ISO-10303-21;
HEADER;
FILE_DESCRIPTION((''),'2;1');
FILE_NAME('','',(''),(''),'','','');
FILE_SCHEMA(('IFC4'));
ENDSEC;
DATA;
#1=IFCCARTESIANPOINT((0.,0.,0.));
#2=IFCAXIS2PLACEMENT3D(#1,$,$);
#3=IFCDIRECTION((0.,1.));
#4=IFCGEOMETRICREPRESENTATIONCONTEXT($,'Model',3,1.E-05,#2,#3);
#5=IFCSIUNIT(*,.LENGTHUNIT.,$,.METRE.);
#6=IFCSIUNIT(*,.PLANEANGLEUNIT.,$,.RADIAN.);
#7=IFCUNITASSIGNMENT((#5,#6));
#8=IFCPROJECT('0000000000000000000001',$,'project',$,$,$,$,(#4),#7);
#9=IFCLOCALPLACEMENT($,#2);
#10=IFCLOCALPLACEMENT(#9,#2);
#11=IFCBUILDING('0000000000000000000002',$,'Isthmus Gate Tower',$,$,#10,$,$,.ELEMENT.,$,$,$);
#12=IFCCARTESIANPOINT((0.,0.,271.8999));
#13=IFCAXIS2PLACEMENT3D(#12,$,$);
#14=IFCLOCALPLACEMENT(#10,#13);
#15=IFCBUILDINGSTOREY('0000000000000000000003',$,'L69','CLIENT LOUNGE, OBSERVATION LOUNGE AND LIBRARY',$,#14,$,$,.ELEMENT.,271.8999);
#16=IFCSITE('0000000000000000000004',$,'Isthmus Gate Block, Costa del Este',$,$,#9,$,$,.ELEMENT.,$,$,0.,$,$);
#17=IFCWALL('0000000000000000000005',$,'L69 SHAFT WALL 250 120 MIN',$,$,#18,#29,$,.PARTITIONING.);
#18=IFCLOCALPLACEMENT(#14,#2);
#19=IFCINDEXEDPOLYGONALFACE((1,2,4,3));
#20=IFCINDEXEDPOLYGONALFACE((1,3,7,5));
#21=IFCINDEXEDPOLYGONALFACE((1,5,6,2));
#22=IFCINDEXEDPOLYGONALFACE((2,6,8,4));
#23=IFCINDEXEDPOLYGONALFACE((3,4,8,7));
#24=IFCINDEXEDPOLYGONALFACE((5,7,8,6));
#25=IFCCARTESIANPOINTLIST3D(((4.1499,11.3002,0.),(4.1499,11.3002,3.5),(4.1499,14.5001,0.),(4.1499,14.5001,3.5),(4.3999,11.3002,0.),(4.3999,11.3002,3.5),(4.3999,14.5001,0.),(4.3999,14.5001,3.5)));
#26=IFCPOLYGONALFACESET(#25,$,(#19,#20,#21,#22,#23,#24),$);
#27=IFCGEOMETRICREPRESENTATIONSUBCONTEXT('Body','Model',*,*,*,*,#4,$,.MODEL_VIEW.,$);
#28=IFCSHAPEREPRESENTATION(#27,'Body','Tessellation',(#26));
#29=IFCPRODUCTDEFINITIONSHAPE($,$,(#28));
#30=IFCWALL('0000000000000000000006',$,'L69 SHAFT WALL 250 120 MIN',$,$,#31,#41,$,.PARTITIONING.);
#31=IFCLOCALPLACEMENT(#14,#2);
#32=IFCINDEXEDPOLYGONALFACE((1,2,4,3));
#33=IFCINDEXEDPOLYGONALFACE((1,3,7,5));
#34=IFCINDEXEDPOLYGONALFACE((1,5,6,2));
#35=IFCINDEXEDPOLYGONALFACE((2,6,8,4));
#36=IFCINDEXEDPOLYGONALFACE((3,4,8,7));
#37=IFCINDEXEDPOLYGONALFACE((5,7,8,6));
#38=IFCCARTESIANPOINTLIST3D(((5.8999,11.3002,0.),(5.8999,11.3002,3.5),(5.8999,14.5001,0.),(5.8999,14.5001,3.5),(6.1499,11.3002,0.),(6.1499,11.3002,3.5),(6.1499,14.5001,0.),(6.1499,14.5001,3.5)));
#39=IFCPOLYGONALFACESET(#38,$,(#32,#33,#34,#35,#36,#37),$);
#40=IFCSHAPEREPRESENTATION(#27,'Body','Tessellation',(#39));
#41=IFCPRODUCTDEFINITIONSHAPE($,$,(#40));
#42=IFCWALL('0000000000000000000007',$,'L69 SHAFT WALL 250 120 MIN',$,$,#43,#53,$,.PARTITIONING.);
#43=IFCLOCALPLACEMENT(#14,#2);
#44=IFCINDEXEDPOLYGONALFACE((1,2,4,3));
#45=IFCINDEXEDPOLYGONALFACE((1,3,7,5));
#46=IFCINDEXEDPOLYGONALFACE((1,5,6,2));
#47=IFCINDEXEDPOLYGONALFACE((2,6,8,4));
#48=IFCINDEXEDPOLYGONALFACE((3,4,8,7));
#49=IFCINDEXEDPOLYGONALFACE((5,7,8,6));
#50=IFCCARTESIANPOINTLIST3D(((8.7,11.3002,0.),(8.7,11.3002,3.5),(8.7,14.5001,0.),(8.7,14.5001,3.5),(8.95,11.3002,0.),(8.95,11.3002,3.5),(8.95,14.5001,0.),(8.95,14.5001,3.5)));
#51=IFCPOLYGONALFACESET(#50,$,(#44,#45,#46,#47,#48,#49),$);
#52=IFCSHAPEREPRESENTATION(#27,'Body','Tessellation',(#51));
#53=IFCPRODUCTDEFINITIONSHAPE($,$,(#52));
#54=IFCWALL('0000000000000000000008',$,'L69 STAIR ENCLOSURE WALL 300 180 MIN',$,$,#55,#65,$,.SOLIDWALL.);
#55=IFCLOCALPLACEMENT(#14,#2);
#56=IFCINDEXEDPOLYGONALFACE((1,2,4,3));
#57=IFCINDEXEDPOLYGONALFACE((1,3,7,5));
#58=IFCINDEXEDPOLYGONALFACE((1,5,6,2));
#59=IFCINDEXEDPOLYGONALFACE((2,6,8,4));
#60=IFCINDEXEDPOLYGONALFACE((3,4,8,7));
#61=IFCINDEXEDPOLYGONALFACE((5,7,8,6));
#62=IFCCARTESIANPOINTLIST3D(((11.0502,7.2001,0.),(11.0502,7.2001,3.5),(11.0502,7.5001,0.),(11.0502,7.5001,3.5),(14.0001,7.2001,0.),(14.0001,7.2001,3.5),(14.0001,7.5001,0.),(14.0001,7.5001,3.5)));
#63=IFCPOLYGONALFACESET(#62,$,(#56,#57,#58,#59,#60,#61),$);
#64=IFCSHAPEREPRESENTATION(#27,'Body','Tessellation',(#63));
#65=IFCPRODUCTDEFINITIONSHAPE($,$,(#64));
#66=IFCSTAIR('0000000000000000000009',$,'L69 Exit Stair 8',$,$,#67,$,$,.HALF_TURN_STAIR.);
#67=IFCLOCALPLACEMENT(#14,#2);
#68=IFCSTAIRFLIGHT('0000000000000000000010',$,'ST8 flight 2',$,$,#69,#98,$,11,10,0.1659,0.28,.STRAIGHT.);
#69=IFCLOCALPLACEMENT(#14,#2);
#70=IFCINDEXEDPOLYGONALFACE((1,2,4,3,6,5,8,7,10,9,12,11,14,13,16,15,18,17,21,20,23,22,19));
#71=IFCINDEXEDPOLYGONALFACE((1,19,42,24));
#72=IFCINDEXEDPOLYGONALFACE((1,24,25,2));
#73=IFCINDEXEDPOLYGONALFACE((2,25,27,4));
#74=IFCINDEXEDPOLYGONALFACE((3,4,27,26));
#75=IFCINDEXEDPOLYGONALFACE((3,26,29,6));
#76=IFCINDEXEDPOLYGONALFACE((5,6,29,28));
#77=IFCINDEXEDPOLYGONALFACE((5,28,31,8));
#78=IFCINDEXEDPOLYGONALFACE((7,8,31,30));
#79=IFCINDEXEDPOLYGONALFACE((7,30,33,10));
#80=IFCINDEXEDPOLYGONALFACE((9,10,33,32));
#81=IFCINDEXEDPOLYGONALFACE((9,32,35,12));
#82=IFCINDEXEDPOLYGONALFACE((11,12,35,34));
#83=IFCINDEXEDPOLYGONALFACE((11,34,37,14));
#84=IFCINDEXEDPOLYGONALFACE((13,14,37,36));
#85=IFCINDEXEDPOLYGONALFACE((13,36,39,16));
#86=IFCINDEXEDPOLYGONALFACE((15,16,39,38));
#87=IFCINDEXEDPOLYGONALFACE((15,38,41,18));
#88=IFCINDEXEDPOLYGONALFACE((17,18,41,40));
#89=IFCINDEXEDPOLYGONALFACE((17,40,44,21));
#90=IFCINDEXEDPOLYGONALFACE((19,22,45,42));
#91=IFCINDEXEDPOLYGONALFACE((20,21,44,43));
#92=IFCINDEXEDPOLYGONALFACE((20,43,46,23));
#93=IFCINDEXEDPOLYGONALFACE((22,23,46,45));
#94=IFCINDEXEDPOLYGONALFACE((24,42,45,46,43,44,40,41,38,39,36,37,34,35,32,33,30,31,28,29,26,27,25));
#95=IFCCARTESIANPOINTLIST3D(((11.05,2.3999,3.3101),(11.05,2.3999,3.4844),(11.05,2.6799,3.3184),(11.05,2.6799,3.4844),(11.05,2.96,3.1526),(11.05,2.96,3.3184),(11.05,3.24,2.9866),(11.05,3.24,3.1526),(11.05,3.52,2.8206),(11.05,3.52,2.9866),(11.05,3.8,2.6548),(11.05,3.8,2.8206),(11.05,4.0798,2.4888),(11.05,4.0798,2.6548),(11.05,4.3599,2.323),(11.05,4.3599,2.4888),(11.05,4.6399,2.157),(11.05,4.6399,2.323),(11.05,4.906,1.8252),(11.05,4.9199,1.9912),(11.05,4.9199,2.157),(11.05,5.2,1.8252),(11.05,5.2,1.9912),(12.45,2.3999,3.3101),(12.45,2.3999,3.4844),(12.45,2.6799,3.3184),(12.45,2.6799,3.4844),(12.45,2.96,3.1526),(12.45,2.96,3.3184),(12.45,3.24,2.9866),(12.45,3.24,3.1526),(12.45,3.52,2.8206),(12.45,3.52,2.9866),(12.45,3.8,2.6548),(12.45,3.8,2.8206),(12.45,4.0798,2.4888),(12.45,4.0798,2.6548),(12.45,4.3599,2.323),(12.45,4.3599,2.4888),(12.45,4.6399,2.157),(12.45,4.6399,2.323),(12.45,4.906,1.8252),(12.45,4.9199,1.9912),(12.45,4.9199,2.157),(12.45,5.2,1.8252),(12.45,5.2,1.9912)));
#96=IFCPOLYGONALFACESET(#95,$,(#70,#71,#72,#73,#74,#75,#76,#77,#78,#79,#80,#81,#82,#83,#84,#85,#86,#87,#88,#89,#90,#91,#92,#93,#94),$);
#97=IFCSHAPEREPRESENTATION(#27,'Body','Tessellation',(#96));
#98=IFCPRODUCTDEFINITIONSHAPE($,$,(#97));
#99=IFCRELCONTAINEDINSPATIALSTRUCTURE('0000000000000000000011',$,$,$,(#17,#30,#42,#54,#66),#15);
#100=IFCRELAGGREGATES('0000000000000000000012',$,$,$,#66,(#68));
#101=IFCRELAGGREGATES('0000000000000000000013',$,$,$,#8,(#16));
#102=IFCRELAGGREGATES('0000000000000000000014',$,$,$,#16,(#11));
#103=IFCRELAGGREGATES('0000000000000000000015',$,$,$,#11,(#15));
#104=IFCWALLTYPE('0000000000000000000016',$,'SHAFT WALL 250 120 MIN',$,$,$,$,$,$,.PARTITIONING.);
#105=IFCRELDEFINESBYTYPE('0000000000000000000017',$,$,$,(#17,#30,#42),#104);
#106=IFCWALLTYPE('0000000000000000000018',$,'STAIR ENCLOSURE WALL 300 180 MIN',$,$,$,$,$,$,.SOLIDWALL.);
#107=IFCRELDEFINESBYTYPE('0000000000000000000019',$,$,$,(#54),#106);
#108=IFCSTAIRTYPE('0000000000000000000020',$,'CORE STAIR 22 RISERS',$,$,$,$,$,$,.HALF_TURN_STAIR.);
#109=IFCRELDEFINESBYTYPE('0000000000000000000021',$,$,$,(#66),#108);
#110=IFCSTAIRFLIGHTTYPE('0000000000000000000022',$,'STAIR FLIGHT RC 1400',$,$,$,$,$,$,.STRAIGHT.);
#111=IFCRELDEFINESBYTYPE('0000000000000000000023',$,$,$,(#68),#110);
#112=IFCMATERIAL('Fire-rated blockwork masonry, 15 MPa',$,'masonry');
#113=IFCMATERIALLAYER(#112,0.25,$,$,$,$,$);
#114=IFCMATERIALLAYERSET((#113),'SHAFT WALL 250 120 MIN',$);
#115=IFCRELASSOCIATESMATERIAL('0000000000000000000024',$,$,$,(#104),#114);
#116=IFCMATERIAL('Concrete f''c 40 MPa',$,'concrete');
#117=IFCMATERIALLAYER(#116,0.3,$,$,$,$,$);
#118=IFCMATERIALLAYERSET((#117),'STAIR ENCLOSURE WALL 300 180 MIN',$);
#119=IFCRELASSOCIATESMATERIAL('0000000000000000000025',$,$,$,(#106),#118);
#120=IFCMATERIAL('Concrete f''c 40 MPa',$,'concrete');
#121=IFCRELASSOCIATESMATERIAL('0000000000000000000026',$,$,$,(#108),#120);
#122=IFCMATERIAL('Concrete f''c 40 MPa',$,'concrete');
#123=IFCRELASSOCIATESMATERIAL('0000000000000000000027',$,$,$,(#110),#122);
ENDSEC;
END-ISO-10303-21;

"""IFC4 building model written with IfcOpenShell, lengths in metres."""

from ifc_helpers import new_model, si_unit, direction, frame, frame_2d, origin, place, context, subcontext, project, spatial, polyline, rectangle, outline, extrude, material, layer, layer_set, type_object, element, aggregate, save


model = new_model("IFC4")

# Units and contexts
model_context = context("Model", 3, precision=1e-05, world=origin(), true_north=direction((0.0, 1.0)))
body_context = subcontext(model_context, "Body", "Model", "MODEL_VIEW")
ifc_project = project(units=[si_unit("LENGTHUNIT", "METRE"), si_unit("PLANEANGLEUNIT", "RADIAN")], contexts=[model_context])

# Site, building, storey
site_placement = place(None, origin())
site = spatial("IfcSite", under=ifc_project, at=site_placement, Name="Isthmus Gate Block, Costa del Este", CompositionType="ELEMENT", RefElevation=0.0)
building_placement = place(site_placement, origin())
building = spatial("IfcBuilding", under=site, at=building_placement, Name="Isthmus Gate Tower", CompositionType="ELEMENT")
storey_placement = place(building_placement, frame((0.0, 0.0, 271.8999)))
storey = spatial("IfcBuildingStorey", under=building, at=storey_placement, Name="L69", Description="CLIENT LOUNGE, OBSERVATION LOUNGE AND LIBRARY", CompositionType="ELEMENT", Elevation=271.8999)

# Walls
ifc_material_1 = material(Name="Fire-rated blockwork masonry, 15 MPa", Category="masonry")
ifc_layer_1 = layer(ifc_material_1, 0.25)
ifc_layer_set_1 = layer_set([ifc_layer_1], Name="SHAFT WALL 250 120 MIN")
wall_type_1 = type_object("IfcWallType", Name="SHAFT WALL 250 120 MIN", PredefinedType="PARTITIONING", material=ifc_layer_set_1)
for number, where, z_axis, x_axis, name in (
    (1, (4.2749, 11.3, 0.0), (0.0, 0.0, 1.0), (0.0, 1.0, 0.0), "L69 SHAFT WALL 250 120 MIN"),
    (2, (6.0249, 11.3, 0.0), (0.0, 0.0, 1.0), (0.0, 1.0, 0.0), "L69 SHAFT WALL 250 120 MIN"),
    (3, (8.825, 11.3, 0.0), (0.0, 0.0, 1.0), (0.0, 1.0, 0.0), "L69 SHAFT WALL 250 120 MIN"),
):
    element("IfcWall", number, at=place(storey_placement, frame(where, z_axis=z_axis, x_axis=x_axis)), inside=storey, type_object=wall_type_1, Name=name, PredefinedType="PARTITIONING", context=body_context, shape_type="SweptSolid", body=[
        extrude(rectangle(XDim=3.2, YDim=0.25, at=frame_2d((1.6001, 0.0))), origin(), (0.0, 0.0, 1.0), 3.5),
    ])
ifc_material_2 = material(Name="Concrete f'c 40 MPa", Category="concrete")
ifc_layer_2 = layer(ifc_material_2, 0.3)
ifc_layer_set_2 = layer_set([ifc_layer_2], Name="STAIR ENCLOSURE WALL 300 180 MIN")
wall_type_2 = type_object("IfcWallType", Name="STAIR ENCLOSURE WALL 300 180 MIN", PredefinedType="SOLIDWALL", material=ifc_layer_set_2)
wall_1_placement = place(storey_placement, frame((11.05, 7.3501, 0.0), z_axis=(0.0, 0.0, 1.0), x_axis=(1.0, 0.0, 0.0)))
element("IfcWall", 4, at=wall_1_placement, inside=storey, type_object=wall_type_2, Name="L69 STAIR ENCLOSURE WALL 300 180 MIN", PredefinedType="SOLIDWALL", context=body_context, shape_type="SweptSolid", body=[
    extrude(rectangle(XDim=2.95, YDim=0.3, at=frame_2d((1.4751, 0.0))), origin(), (0.0, 0.0, 1.0), 3.5),
])

# Stair, stair flight
ifc_material_3 = material(Name="Concrete f'c 40 MPa", Category="concrete")
stair_type = type_object("IfcStairType", Name="CORE STAIR 22 RISERS", PredefinedType="HALF_TURN_STAIR", material=ifc_material_3)
stair_placement = place(storey_placement, origin())
stair = element("IfcStair", 5, at=stair_placement, inside=storey, type_object=stair_type, Name="L69 Exit Stair 8", PredefinedType="HALF_TURN_STAIR")
ifc_material_4 = material(Name="Concrete f'c 40 MPa", Category="concrete")
stair_flight_type = type_object("IfcStairFlightType", Name="STAIR FLIGHT RC 1400", PredefinedType="STRAIGHT", material=ifc_material_4)
stair_flight_placement = place(storey_placement, frame((11.75, 5.2, 1.8252), z_axis=(0.0, 0.0, 1.0), x_axis=(0.0, -1.0, 0.0)))
stair_flight = element("IfcStairFlight", 6, at=stair_flight_placement, type_object=stair_flight_type, Name="ST8 flight 2", NumberOfRisers=11, NumberOfTreads=10, PredefinedType="STRAIGHT", RiserHeight=0.1659, TreadLength=0.28, context=body_context, shape_type="SweptSolid", body=[
    extrude(outline(polyline([(0.0, 0.0), (0.0, 0.166), (0.28, 0.166), (0.28, 0.3318), (0.5601, 0.3318), (0.5601, 0.4978), (0.8401, 0.4978), (0.8401, 0.6636), (1.1201, 0.6636), (1.1201, 0.8296), (1.3999, 0.8296), (1.3999, 0.9954), (1.6799, 0.9954), (1.6799, 1.1614), (1.96, 1.1614), (1.96, 1.3274), (2.24, 1.3274), (2.24, 1.4932), (2.52, 1.4932), (2.52, 1.6592), (2.8, 1.6592), (2.8, 1.825), (2.8, 1.4849), (0.2939, 0.0), (0.0, 0.0)])), frame((0.0, 0.7, 0.0), z_axis=(0.0, -1.0, 0.0), x_axis=(1.0, 0.0, 0.0)), (0.0, 0.0, 1.0), 1.3999),
])
aggregate(stair, [stair_flight])

save(model, "model.ifc")
